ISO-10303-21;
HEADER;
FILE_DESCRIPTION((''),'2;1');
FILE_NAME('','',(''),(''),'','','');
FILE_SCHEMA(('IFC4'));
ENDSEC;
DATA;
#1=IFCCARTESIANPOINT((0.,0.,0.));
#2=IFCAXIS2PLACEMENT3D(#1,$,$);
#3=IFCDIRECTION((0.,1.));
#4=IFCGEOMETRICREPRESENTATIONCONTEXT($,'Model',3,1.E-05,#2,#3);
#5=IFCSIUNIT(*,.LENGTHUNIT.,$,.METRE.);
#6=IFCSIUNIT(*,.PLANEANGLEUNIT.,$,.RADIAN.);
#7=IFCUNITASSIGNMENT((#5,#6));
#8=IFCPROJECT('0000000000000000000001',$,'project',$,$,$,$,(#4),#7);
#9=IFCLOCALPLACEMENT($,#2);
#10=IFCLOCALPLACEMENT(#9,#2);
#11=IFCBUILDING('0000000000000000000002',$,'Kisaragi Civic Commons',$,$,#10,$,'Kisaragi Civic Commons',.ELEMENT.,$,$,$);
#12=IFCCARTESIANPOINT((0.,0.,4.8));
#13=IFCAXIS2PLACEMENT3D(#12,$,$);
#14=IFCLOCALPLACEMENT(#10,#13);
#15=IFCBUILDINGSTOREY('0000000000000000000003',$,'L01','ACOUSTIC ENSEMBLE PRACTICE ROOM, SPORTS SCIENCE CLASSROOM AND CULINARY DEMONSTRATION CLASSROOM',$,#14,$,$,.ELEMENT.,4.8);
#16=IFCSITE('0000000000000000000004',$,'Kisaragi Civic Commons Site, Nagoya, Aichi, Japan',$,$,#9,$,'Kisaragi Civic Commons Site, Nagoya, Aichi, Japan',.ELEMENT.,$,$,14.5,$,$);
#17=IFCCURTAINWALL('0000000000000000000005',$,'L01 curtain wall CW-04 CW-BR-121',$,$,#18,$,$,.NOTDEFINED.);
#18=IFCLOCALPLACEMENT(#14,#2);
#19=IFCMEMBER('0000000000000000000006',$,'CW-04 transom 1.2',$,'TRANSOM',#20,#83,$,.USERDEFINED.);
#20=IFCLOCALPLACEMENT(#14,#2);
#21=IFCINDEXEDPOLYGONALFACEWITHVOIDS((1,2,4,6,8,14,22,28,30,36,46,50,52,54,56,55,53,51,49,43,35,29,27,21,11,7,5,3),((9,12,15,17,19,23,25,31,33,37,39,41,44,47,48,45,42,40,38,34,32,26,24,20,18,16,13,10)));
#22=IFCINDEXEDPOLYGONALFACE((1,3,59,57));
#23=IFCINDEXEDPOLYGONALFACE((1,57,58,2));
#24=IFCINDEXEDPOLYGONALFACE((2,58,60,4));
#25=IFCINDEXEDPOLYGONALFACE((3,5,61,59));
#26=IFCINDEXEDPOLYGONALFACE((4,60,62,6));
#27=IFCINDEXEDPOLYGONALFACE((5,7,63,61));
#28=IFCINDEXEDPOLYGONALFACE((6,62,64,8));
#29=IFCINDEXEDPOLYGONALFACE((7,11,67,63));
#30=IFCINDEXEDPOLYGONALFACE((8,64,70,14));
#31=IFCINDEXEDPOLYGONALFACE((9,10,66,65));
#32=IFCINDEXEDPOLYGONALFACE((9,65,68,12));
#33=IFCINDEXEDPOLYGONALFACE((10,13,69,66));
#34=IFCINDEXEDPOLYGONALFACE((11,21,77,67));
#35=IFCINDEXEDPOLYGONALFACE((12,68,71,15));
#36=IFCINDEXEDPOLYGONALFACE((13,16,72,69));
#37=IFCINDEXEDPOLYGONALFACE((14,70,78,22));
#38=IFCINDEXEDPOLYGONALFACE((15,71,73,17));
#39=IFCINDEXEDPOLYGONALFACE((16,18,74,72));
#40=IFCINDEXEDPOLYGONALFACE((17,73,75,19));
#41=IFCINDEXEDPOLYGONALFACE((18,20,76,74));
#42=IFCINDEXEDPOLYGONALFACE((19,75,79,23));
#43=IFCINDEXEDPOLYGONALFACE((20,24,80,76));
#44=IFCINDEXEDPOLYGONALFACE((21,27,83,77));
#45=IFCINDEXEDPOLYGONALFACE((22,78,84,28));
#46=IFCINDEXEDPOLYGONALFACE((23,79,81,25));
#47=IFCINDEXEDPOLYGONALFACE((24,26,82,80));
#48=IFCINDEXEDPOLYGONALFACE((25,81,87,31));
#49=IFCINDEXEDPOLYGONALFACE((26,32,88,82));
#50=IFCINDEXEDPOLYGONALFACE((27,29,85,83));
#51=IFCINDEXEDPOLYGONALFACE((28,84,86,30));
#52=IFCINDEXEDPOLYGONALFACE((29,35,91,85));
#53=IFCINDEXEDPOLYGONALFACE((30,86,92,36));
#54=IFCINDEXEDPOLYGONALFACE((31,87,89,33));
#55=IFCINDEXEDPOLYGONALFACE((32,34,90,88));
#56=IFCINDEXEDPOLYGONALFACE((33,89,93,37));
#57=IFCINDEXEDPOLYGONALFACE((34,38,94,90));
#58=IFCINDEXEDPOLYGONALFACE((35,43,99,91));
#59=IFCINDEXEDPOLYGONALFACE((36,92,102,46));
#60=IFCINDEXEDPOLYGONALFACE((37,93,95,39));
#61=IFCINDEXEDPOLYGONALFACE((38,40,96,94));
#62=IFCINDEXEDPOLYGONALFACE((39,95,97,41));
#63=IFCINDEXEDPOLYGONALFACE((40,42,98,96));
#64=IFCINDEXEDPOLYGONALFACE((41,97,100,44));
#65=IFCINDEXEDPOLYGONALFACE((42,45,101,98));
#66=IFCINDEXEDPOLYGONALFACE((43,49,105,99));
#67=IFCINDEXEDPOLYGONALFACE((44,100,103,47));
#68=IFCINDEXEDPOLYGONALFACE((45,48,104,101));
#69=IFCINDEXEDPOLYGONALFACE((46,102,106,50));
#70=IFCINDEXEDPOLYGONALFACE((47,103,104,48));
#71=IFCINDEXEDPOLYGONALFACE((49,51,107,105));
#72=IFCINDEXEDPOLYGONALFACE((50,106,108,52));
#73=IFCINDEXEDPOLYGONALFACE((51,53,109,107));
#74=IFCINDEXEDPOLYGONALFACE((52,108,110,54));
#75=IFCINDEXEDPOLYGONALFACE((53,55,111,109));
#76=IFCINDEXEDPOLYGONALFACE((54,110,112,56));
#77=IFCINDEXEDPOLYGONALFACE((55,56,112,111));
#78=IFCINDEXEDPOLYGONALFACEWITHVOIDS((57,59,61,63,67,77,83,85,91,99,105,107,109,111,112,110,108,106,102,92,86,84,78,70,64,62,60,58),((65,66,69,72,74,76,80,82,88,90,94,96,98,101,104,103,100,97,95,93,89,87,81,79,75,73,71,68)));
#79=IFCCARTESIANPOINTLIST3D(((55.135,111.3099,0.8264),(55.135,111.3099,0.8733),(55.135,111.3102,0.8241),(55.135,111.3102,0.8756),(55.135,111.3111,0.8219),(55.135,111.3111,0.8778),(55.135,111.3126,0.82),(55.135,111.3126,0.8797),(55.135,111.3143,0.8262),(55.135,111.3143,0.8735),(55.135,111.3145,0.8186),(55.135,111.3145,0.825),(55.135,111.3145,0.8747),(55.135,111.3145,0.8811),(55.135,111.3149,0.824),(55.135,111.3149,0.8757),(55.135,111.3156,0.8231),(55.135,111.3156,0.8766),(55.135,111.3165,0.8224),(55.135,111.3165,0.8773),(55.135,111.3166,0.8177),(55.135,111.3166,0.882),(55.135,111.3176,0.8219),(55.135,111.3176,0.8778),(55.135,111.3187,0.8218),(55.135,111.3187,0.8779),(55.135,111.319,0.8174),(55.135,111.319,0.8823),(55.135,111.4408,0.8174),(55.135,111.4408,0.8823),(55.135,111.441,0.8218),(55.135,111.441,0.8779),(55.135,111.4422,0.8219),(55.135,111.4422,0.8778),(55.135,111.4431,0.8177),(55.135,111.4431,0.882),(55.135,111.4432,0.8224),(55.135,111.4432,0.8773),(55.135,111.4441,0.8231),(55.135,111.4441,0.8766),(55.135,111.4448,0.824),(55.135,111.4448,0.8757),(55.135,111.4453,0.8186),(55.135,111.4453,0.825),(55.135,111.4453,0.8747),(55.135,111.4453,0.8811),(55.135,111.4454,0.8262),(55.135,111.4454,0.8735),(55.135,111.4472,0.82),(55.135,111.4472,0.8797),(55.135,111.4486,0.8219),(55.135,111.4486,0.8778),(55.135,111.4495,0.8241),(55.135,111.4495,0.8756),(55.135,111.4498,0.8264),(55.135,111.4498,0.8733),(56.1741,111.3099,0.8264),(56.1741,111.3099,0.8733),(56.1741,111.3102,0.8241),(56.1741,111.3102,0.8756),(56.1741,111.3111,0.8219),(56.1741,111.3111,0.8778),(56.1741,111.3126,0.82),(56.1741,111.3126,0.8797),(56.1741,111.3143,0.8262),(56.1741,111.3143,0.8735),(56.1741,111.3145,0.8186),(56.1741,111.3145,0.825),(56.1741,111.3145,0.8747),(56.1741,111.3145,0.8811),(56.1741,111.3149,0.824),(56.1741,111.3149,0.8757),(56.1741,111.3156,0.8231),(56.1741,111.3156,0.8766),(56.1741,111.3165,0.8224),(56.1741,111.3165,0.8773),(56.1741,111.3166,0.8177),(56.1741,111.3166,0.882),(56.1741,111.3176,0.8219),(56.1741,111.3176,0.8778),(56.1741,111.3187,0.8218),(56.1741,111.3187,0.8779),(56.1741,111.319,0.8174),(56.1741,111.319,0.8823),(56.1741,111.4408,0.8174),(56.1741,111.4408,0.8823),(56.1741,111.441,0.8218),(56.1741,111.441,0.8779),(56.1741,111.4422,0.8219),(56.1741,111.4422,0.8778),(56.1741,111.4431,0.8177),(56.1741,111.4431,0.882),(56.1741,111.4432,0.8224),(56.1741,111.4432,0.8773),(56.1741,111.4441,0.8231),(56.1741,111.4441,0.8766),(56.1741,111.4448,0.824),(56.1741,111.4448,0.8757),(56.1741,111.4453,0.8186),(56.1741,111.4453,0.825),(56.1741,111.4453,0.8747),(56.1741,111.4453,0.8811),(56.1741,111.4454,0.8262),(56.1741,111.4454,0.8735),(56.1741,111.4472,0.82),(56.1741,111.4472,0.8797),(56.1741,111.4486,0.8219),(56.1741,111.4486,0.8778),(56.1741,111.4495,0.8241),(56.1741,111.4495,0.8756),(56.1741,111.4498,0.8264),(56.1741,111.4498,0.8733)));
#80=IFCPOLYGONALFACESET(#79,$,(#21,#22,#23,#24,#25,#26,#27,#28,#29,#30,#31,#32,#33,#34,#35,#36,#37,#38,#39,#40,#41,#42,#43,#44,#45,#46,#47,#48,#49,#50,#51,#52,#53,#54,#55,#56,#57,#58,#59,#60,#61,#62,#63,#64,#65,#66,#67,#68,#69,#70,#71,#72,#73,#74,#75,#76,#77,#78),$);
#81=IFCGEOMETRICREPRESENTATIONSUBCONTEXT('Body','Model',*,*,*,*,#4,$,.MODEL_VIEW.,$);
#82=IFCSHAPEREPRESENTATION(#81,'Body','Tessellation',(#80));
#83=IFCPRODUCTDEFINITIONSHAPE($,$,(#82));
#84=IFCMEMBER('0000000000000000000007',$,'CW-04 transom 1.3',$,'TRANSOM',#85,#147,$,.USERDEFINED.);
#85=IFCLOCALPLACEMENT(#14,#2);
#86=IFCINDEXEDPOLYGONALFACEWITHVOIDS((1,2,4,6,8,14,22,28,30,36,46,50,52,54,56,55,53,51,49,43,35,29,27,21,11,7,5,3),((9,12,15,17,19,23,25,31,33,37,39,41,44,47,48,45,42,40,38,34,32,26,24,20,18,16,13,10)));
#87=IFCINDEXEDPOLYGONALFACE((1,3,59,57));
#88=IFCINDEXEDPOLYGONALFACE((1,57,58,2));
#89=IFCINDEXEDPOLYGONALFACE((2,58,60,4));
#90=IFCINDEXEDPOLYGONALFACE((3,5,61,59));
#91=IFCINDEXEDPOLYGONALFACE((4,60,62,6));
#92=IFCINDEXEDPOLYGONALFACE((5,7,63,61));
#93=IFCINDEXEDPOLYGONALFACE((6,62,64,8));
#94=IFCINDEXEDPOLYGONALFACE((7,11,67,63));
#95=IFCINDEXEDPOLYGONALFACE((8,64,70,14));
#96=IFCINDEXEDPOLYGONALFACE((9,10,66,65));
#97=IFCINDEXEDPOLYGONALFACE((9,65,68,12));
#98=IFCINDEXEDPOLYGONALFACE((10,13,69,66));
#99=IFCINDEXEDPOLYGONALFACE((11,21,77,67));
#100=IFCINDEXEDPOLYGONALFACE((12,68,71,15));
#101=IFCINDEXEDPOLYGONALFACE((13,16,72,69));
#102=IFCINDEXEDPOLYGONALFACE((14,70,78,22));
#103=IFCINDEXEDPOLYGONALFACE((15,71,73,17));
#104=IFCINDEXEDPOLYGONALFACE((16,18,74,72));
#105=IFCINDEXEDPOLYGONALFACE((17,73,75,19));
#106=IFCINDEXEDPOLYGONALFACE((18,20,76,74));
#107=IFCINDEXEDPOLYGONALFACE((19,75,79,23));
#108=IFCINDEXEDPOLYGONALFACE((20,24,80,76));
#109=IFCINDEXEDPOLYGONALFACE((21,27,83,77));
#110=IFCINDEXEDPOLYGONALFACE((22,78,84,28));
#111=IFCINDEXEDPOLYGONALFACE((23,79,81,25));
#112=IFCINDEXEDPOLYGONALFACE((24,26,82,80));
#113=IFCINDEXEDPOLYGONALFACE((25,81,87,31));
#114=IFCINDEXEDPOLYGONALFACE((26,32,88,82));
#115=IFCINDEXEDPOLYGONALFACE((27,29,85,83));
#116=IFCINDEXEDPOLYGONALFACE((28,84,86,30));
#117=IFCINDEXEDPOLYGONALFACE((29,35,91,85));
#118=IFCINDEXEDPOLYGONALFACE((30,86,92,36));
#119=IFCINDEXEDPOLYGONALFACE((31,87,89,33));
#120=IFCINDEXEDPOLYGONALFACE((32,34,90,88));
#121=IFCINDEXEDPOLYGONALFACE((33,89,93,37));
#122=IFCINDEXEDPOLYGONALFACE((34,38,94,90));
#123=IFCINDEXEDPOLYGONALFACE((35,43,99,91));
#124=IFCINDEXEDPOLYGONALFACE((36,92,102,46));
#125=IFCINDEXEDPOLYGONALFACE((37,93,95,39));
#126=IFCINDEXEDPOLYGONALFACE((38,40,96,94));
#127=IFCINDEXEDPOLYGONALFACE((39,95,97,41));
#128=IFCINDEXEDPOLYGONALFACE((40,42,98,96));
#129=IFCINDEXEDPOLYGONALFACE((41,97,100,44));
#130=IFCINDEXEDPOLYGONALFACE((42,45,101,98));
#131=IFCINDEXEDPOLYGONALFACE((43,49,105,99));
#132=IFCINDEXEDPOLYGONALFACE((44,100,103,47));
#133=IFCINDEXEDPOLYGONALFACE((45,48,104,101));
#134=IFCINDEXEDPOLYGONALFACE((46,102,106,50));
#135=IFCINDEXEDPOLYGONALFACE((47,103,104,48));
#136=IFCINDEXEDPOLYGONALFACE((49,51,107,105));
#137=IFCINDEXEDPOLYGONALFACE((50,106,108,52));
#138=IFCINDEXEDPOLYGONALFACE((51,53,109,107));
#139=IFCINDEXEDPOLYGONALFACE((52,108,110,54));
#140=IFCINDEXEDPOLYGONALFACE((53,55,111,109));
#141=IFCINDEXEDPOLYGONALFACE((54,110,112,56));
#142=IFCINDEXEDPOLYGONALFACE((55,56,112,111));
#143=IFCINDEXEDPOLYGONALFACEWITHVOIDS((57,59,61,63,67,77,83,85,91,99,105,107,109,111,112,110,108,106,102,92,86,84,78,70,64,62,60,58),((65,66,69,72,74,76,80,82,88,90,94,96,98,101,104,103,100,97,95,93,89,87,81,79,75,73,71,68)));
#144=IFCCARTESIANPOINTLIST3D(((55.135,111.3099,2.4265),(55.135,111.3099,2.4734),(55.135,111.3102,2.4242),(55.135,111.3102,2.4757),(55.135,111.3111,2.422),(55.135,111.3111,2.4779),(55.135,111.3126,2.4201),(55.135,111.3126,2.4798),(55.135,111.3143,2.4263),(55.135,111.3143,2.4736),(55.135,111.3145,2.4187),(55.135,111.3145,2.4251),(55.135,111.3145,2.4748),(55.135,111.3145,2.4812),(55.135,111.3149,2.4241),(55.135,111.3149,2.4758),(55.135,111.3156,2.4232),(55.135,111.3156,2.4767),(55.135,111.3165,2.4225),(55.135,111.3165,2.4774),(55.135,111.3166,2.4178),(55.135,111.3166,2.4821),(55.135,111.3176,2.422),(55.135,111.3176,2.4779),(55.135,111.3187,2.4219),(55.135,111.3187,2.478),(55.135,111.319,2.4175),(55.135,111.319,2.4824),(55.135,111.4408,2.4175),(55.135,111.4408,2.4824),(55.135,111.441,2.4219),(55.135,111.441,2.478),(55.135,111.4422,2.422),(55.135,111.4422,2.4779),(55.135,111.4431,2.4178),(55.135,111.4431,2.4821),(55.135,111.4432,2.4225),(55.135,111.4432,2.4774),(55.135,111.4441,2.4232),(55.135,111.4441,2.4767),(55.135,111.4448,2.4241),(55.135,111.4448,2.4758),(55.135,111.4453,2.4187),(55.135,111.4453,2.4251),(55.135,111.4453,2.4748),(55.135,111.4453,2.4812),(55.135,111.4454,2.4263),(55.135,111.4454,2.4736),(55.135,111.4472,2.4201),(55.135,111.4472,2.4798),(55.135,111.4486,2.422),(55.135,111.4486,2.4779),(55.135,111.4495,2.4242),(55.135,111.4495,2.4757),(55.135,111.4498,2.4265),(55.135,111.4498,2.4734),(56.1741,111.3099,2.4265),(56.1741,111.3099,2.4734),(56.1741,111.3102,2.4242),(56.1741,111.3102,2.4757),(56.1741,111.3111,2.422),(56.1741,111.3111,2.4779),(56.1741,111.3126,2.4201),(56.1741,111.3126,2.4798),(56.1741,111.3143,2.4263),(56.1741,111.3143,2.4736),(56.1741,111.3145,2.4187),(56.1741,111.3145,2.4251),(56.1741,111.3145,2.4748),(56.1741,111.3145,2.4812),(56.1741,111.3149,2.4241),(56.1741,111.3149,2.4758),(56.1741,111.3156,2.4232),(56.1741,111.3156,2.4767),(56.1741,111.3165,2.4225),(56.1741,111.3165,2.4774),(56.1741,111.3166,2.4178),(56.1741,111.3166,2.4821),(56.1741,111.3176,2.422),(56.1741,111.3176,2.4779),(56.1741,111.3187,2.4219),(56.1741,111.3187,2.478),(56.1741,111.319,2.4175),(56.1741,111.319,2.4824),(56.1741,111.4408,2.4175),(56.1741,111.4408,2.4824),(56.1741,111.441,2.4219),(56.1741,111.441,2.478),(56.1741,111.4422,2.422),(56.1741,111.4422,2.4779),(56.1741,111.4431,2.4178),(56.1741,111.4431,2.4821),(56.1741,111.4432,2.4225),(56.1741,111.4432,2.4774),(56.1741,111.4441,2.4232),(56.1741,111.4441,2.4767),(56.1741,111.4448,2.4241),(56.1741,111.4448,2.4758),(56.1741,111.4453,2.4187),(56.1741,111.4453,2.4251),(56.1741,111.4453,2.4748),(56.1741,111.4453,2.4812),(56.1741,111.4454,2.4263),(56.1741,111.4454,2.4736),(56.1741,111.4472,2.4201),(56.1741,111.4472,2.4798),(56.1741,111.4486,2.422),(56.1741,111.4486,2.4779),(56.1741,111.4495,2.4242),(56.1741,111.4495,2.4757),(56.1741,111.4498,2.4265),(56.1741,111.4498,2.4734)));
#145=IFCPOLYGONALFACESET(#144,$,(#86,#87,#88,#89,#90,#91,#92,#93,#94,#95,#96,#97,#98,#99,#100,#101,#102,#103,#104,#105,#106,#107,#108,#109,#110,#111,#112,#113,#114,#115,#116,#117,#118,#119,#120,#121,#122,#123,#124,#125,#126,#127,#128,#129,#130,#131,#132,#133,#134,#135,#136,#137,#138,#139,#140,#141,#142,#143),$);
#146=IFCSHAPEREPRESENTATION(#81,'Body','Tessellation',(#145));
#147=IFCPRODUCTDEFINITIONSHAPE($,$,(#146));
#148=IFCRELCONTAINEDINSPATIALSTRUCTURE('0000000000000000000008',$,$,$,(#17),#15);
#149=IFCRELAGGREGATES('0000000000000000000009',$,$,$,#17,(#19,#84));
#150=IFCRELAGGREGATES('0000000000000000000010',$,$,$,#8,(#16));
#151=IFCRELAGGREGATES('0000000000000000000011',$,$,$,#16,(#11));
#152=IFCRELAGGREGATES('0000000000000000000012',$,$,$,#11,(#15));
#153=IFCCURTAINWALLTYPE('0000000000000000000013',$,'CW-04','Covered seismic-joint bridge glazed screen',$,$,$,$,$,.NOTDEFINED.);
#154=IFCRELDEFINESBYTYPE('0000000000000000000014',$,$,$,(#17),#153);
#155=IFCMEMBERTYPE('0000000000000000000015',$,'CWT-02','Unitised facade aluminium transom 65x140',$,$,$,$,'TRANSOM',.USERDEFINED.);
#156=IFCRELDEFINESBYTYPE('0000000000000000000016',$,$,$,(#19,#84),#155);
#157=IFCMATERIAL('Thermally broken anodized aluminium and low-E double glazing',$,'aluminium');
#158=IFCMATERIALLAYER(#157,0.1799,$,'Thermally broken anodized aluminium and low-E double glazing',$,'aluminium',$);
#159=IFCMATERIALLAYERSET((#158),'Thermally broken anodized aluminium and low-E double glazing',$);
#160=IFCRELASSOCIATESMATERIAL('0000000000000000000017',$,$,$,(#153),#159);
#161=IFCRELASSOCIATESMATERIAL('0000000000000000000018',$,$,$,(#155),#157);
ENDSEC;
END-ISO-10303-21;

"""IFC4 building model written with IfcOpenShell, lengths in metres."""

from ifc_helpers import new_model, si_unit, direction, frame, origin, origin_2d, place, context, subcontext, project, spatial, hollow_rectangle, extrude, material, layer, layer_set, material_profile, profile_set, type_object, element, aggregate, save


model = new_model("IFC4")

# Units and contexts
model_context = context("Model", 3, precision=1e-05, world=origin(), true_north=direction((0.0, 1.0)))
body_context = subcontext(model_context, "Body", "Model", "MODEL_VIEW")
ifc_project = project(units=[si_unit("LENGTHUNIT", "METRE"), si_unit("PLANEANGLEUNIT", "RADIAN")], contexts=[model_context])

# Site, building, storey
site_placement = place(None, origin())
site = spatial("IfcSite", under=ifc_project, at=site_placement, Name="Kisaragi Civic Commons Site, Nagoya, Aichi, Japan", LongName="Kisaragi Civic Commons Site, Nagoya, Aichi, Japan", CompositionType="ELEMENT", RefElevation=14.5)
building_placement = place(site_placement, origin())
building = spatial("IfcBuilding", under=site, at=building_placement, Name="Kisaragi Civic Commons", LongName="Kisaragi Civic Commons", CompositionType="ELEMENT")
storey_placement = place(building_placement, frame((0.0, 0.0, 4.8)))
storey = spatial("IfcBuildingStorey", under=building, at=storey_placement, Name="L01", Description="ACOUSTIC ENSEMBLE PRACTICE ROOM, SPORTS SCIENCE CLASSROOM AND CULINARY DEMONSTRATION CLASSROOM", CompositionType="ELEMENT", Elevation=4.8)

# Curtain wall, members
ifc_material = material(Name="Thermally broken anodized aluminium and low-E double glazing", Category="aluminium")
ifc_layer_1 = layer(ifc_material, 0.1799, Name="Thermally broken anodized aluminium and low-E double glazing", Category="aluminium")
ifc_layer_set_1 = layer_set([ifc_layer_1], Name="Thermally broken anodized aluminium and low-E double glazing")
curtain_wall_type = type_object("IfcCurtainWallType", Name="CW-04", Description="Covered seismic-joint bridge glazed screen", PredefinedType="NOTDEFINED", material=ifc_layer_set_1)
curtain_wall_1_placement = place(storey_placement, origin())
curtain_wall_1 = element("IfcCurtainWall", 1, at=curtain_wall_1_placement, inside=storey, type_object=curtain_wall_type, Name="L01 curtain wall CW-04 CW-BR-121", PredefinedType="NOTDEFINED")
ifc_material_profile_1 = material_profile(ifc_material, hollow_rectangle(XDim=0.1399, YDim=0.0649, WallThickness=0.0044, InnerFilletRadius=0.0044, OuterFilletRadius=0.009, at=origin_2d()), Name="CWT-65x140x4.5", Category="aluminium")
ifc_profile_set_1 = profile_set([ifc_material_profile_1], Name="Thermally broken anodized aluminium and low-E double glazing")
member_type_1 = type_object("IfcMemberType", Name="CWT-02", Description="Unitised facade aluminium transom 65x140", ElementType="TRANSOM", PredefinedType="USERDEFINED", material=ifc_profile_set_1)
member_1_placement = place(storey_placement, frame((55.135, 111.3799, 0.8499), z_axis=(1.0, 0.0, 0.0), x_axis=(0.0, 1.0, 0.0)))
member_1 = element("IfcMember", 2, at=member_1_placement, type_object=member_type_1, Name="CW-04 transom 1.2", ObjectType="TRANSOM", PredefinedType="USERDEFINED", context=body_context, shape_type="SweptSolid", body=[
    extrude(hollow_rectangle(XDim=0.1399, YDim=0.0649, WallThickness=0.0044, InnerFilletRadius=0.0044, OuterFilletRadius=0.009, at=origin_2d()), origin(), (0.0, 0.0, 1.0), 1.0391),
])
member_2_placement = place(storey_placement, frame((55.135, 111.3799, 2.45), z_axis=(1.0, 0.0, 0.0), x_axis=(0.0, 1.0, 0.0)))
member_2 = element("IfcMember", 3, at=member_2_placement, type_object=member_type_1, Name="CW-04 transom 1.3", ObjectType="TRANSOM", PredefinedType="USERDEFINED", context=body_context, shape_type="SweptSolid", body=[
    extrude(hollow_rectangle(XDim=0.1399, YDim=0.0649, WallThickness=0.0044, InnerFilletRadius=0.0044, OuterFilletRadius=0.009, at=origin_2d()), origin(), (0.0, 0.0, 1.0), 1.0391),
])

aggregate(curtain_wall_1, [member_1, member_2])

save(model, "model.ifc")
